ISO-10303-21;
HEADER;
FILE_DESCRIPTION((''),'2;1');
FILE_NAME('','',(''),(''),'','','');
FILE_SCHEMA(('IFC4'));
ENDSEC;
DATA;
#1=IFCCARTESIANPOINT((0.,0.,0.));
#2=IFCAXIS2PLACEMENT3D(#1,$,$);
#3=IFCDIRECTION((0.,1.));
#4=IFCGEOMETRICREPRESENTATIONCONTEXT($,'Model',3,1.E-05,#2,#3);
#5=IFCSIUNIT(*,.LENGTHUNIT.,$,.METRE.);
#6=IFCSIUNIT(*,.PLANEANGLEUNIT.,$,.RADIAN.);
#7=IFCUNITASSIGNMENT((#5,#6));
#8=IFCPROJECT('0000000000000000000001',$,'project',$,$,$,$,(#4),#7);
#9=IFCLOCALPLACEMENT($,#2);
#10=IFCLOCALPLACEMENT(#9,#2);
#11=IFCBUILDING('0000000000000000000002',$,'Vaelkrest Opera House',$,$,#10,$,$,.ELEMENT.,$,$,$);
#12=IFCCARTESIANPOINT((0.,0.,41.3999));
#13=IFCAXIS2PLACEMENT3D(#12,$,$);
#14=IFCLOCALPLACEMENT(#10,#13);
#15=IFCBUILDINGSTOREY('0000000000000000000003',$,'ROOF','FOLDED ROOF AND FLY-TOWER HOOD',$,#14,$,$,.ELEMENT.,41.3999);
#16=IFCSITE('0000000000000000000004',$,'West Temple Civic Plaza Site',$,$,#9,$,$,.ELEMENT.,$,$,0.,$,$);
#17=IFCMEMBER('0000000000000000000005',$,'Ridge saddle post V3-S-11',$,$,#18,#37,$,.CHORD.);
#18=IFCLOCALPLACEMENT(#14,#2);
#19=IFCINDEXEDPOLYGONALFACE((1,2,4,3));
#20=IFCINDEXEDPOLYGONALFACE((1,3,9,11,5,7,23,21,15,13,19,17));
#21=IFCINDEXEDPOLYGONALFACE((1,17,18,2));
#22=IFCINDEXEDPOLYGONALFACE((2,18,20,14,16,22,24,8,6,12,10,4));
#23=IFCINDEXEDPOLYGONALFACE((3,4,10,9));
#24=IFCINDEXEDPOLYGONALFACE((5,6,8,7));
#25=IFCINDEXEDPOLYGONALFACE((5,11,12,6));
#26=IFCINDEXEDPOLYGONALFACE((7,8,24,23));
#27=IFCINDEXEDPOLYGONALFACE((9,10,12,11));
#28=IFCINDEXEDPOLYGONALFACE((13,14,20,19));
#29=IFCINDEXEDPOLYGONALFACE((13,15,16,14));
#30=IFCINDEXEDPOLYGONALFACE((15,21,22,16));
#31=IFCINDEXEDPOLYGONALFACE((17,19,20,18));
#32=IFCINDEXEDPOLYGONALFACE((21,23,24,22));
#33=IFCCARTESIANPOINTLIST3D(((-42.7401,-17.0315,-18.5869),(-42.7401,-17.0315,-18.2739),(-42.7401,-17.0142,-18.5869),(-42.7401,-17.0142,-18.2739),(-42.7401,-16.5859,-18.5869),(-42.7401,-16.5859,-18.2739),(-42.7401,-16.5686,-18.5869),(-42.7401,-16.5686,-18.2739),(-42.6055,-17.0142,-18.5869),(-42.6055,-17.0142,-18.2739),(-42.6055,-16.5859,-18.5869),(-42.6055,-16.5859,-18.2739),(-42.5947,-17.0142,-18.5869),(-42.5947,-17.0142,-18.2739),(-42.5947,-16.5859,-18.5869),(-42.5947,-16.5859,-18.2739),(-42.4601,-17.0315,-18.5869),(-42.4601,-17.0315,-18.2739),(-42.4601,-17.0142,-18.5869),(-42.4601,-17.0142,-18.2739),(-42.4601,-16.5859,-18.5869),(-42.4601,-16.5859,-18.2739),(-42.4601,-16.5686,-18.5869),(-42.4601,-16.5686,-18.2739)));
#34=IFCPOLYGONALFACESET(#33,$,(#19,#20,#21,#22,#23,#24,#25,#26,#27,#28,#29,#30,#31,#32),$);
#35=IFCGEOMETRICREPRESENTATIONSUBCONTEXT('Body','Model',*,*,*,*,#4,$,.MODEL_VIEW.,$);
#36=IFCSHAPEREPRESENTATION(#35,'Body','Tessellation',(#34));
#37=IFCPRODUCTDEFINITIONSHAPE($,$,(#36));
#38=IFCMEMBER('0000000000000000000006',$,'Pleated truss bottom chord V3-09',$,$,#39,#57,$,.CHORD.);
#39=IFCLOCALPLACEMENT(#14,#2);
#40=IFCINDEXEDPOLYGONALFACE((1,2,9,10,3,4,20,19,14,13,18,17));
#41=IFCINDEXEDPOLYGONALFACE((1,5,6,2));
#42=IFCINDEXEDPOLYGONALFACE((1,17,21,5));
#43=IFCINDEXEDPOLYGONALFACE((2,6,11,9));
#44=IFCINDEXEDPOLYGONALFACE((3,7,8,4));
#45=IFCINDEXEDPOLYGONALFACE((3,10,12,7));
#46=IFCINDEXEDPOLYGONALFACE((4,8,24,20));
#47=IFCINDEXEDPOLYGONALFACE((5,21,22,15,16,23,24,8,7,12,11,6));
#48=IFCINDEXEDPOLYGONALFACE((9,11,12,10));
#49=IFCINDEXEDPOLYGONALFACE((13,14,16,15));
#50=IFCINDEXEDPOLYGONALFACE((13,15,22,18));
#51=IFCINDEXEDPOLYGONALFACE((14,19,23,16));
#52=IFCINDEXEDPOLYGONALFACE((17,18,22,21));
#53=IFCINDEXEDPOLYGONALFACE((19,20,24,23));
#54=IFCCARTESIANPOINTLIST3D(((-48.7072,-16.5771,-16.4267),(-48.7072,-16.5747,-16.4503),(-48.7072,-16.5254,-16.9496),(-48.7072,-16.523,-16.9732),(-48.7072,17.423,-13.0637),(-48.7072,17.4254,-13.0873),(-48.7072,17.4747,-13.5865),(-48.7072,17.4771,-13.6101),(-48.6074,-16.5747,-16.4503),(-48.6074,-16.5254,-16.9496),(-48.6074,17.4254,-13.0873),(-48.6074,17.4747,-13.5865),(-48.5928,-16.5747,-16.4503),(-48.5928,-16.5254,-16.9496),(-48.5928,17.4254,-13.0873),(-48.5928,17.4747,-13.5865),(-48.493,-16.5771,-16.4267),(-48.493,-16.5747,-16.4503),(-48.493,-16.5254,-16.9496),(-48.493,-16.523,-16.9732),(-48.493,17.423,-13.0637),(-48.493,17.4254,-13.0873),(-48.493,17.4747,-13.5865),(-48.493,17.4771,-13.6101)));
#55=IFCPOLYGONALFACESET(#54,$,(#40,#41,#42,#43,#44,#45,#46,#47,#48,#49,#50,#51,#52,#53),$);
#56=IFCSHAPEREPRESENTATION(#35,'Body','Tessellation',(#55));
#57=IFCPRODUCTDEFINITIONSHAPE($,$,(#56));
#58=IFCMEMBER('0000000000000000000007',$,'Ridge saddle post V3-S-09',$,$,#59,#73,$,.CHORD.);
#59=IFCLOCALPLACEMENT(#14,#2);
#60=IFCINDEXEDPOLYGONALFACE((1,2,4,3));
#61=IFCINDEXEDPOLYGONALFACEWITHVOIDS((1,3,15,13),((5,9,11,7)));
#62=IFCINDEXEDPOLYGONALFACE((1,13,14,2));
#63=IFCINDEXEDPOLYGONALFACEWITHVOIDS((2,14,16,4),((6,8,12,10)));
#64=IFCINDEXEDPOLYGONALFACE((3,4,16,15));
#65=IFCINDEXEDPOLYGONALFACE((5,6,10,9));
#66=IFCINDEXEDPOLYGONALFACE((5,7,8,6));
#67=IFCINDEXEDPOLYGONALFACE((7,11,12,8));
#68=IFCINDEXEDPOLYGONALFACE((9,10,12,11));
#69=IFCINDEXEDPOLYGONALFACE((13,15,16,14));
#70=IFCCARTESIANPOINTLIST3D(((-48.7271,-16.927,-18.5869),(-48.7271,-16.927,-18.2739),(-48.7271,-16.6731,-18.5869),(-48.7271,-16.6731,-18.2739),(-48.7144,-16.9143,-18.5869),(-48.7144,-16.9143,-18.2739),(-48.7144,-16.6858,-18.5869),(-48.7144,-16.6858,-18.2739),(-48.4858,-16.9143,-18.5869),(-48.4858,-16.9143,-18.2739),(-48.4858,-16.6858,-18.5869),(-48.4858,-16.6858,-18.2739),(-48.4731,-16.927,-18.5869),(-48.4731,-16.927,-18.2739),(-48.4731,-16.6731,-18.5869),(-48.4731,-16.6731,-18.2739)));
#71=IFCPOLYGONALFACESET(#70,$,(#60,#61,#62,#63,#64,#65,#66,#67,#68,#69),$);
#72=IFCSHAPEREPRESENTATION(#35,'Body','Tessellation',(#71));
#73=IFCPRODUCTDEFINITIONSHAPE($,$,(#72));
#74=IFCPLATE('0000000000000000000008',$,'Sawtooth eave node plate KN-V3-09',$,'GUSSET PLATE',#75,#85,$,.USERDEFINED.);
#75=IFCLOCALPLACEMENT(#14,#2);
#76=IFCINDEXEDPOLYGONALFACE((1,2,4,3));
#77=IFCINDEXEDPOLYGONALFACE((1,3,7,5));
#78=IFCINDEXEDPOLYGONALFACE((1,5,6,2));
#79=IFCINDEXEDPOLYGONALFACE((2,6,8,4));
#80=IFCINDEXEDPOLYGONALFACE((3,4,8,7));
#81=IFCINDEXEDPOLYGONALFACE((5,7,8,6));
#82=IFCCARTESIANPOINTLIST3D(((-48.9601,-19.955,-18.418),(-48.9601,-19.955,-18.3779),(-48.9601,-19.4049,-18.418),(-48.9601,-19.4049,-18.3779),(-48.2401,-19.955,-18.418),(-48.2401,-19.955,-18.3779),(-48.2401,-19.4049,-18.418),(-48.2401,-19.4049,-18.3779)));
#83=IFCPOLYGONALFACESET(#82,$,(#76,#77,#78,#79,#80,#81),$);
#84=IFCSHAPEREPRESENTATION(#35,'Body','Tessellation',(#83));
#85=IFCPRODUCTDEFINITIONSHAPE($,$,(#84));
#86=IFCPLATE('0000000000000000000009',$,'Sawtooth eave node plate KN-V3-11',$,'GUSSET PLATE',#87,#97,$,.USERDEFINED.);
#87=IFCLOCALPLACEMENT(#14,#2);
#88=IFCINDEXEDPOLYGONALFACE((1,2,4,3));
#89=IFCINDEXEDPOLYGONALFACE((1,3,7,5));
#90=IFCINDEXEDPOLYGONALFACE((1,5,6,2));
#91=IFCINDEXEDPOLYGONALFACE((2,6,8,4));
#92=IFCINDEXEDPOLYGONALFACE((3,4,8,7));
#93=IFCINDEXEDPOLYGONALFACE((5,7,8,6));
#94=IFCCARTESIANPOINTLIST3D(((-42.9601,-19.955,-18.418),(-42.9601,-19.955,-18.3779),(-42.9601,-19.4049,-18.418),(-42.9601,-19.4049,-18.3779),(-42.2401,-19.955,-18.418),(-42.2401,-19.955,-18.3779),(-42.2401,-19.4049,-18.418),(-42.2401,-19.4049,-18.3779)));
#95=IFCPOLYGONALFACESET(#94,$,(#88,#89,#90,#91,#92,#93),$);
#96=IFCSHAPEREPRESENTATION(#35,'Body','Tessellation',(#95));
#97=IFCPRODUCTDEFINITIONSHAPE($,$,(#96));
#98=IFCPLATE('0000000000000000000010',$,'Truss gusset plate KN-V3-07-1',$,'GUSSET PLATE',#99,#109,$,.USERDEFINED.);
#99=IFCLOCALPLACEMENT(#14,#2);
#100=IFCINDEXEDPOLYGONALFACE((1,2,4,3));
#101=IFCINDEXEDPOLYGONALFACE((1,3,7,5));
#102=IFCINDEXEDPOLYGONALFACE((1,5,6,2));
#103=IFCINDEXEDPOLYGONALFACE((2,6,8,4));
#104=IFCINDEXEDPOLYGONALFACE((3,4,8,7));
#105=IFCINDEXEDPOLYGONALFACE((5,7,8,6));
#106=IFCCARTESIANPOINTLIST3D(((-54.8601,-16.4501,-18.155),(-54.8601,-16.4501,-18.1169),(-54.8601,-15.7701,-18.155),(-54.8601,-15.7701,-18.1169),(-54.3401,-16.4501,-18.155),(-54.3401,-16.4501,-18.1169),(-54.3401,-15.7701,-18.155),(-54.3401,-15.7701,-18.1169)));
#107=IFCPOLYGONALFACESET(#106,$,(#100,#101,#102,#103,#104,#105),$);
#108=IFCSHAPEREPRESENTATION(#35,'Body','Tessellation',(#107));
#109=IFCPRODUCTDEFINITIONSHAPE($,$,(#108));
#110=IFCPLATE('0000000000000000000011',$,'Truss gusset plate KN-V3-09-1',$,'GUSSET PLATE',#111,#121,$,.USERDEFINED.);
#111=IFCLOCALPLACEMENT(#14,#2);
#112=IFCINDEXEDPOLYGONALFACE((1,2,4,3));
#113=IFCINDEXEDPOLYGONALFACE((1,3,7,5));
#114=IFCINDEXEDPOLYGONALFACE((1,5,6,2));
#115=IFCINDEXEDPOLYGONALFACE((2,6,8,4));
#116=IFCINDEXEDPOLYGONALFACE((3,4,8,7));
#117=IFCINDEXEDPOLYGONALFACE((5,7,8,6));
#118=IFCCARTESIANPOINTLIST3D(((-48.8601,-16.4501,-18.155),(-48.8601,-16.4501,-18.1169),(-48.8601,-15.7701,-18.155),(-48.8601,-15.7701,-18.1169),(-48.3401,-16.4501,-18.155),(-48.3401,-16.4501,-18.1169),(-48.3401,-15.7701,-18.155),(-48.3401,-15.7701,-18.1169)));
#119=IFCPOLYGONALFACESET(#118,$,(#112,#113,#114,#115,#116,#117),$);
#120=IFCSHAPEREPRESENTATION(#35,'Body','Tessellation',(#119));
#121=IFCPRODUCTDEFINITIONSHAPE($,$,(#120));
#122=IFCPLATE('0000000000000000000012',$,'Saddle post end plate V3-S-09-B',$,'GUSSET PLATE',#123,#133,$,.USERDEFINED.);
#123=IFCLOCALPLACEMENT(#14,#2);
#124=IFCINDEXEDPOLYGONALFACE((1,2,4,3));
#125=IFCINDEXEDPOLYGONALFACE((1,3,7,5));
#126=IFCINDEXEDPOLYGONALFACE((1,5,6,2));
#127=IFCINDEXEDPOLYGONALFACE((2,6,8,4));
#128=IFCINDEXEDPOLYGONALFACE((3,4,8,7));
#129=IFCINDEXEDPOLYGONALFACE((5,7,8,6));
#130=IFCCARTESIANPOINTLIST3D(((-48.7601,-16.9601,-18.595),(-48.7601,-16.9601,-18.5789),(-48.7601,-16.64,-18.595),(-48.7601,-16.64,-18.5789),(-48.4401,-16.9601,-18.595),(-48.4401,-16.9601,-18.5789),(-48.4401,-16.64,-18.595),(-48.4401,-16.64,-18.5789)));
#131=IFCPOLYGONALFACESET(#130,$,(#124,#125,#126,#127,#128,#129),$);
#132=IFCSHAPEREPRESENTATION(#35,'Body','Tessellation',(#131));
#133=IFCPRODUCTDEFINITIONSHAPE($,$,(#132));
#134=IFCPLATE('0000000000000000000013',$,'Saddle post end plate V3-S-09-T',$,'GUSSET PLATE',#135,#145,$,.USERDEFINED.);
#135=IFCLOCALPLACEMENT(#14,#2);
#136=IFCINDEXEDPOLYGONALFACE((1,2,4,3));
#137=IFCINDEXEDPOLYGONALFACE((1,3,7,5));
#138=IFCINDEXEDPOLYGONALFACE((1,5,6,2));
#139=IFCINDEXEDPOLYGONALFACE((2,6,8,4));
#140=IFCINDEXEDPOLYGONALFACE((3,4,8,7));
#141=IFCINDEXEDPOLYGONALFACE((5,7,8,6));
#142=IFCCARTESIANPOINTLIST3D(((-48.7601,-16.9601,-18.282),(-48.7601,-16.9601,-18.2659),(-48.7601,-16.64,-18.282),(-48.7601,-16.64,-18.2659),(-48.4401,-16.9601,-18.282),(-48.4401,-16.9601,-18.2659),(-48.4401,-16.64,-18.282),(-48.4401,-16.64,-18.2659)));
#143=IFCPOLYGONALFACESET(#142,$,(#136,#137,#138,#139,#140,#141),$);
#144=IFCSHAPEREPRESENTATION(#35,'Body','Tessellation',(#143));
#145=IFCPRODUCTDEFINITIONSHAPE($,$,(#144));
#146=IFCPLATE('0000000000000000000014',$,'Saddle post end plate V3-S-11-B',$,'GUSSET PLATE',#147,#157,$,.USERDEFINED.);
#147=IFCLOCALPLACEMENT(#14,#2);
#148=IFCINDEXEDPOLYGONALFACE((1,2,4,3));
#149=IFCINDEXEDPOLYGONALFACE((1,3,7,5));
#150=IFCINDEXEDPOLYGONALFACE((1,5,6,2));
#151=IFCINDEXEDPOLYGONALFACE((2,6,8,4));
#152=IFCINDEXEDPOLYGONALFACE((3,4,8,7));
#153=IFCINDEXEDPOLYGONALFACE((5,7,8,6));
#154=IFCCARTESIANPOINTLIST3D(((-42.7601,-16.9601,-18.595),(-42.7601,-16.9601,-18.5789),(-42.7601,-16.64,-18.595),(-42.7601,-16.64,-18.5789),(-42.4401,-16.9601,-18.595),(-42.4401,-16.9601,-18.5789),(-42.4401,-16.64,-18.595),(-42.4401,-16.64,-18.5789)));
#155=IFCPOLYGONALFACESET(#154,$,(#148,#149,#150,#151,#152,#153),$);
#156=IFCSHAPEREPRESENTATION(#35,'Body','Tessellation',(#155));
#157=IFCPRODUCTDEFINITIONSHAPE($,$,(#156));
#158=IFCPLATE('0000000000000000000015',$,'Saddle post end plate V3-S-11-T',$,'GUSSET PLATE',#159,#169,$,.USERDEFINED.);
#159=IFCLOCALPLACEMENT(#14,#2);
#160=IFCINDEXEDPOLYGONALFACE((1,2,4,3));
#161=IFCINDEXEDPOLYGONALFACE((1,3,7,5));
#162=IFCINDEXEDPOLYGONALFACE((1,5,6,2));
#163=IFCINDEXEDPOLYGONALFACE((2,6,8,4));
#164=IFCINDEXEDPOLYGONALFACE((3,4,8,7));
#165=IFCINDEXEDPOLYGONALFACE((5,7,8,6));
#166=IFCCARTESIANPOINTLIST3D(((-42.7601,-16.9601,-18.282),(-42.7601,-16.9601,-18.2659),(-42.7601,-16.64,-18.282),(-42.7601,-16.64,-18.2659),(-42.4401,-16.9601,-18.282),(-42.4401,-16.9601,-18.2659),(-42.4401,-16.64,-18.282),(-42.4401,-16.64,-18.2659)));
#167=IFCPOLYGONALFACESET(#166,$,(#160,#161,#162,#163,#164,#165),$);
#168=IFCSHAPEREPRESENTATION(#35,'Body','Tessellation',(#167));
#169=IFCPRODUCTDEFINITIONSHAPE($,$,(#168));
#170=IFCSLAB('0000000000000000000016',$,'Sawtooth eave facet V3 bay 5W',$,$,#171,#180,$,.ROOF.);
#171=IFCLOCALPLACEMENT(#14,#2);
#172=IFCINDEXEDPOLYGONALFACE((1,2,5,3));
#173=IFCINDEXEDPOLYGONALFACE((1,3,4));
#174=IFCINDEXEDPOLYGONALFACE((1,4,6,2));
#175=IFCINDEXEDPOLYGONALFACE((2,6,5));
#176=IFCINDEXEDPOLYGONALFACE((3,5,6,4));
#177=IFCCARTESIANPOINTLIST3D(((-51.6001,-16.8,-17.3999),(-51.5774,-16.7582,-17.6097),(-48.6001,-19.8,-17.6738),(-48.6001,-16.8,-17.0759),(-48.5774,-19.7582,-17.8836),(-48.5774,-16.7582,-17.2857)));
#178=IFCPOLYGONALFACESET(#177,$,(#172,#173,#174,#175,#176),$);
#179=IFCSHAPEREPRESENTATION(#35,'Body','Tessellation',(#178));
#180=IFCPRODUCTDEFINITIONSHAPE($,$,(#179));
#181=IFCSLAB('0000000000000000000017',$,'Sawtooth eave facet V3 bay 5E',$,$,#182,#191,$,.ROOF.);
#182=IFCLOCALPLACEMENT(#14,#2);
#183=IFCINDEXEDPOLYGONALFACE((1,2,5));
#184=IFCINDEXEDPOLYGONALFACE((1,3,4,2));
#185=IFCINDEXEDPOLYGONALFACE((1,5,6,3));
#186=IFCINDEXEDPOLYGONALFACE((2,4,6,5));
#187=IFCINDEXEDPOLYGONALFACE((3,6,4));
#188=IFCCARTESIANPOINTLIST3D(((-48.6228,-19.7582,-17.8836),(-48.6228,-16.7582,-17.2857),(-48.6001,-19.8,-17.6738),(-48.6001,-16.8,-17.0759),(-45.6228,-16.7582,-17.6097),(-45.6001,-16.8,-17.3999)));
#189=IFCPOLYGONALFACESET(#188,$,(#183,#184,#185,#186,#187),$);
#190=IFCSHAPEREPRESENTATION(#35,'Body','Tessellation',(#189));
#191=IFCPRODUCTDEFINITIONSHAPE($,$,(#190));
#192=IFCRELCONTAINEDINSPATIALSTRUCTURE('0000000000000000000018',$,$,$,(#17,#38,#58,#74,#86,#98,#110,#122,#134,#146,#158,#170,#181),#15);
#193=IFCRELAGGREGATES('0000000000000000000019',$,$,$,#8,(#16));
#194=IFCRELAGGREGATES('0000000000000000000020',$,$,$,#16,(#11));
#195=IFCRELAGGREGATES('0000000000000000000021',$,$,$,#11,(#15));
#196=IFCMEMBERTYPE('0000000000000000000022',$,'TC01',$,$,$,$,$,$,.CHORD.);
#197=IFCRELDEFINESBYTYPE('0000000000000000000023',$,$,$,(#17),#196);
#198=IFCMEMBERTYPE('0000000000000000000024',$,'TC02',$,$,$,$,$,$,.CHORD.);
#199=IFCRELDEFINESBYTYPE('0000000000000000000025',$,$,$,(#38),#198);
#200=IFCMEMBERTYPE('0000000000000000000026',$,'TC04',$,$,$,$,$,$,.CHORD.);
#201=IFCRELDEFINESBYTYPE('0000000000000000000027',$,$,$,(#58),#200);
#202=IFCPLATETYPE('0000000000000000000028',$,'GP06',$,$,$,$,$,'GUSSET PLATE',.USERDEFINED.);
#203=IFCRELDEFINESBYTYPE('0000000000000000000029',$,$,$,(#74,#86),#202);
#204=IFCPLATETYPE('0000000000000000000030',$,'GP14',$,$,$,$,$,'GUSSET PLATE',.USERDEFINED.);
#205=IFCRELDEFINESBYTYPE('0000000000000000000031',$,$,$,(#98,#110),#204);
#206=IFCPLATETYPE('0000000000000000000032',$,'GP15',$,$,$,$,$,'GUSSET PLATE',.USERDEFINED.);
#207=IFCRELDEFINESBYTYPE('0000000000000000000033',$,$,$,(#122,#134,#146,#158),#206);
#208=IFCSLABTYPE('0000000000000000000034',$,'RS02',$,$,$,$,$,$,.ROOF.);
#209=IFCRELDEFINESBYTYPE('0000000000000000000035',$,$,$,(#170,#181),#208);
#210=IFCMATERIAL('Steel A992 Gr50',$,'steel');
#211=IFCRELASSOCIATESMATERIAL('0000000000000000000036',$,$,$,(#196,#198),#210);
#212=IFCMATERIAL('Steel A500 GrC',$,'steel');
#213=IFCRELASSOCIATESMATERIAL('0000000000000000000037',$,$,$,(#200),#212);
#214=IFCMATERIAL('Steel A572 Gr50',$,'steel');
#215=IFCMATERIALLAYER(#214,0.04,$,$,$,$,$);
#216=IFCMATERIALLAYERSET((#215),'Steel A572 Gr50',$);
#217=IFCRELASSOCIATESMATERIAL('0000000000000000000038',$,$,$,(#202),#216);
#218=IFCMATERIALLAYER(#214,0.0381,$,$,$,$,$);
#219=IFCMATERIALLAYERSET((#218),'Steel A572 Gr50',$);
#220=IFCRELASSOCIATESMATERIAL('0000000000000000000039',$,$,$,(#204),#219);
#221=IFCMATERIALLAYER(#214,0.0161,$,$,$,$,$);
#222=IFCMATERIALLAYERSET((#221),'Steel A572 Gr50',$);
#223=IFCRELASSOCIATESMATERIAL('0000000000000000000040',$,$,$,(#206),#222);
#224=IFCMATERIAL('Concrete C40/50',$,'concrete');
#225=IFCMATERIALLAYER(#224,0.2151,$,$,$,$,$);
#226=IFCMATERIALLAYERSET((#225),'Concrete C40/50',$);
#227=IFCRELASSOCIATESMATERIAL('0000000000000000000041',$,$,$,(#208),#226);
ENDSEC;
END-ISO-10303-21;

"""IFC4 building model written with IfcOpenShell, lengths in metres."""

from ifc_helpers import new_model, si_unit, direction, frame, origin, origin_2d, place, context, subcontext, project, spatial, polyline, rectangle, hollow_rectangle, i_section, outline, extrude, material, layer, layer_set, material_profile, profile_set, type_object, element, save


model = new_model("IFC4")

# Units and contexts
model_context = context("Model", 3, precision=1e-05, world=origin(), true_north=direction((0.0, 1.0)))
body_context = subcontext(model_context, "Body", "Model", "MODEL_VIEW")
ifc_project = project(units=[si_unit("LENGTHUNIT", "METRE"), si_unit("PLANEANGLEUNIT", "RADIAN")], contexts=[model_context])

# Site, building, storey
site_placement = place(None, origin())
site = spatial("IfcSite", under=ifc_project, at=site_placement, Name="West Temple Civic Plaza Site", CompositionType="ELEMENT", RefElevation=0.0)
building_placement = place(site_placement, origin())
building = spatial("IfcBuilding", under=site, at=building_placement, Name="Vaelkrest Opera House", CompositionType="ELEMENT")
storey_placement = place(building_placement, frame((0.0, 0.0, 41.3999)))
storey = spatial("IfcBuildingStorey", under=building, at=storey_placement, Name="ROOF", Description="FOLDED ROOF AND FLY-TOWER HOOD", CompositionType="ELEMENT", Elevation=41.3999)

# Shared definitions
ifc_material_1 = material(Name="Steel A992 Gr50", Category="steel")

# Members
ifc_material_2 = material(Name="Steel A500 GrC", Category="steel")
ifc_material_profile_1 = material_profile(ifc_material_1, i_section(OverallWidth=0.28, OverallDepth=0.4629, WebThickness=0.0107, FlangeThickness=0.0173, at=origin_2d()), Name="W18X76")
ifc_profile_set_1 = profile_set([ifc_material_profile_1], Name="Steel A992 Gr50")
member_type_1 = type_object("IfcMemberType", Name="TC01", PredefinedType="CHORD", material=ifc_profile_set_1)
member_1_placement = place(storey_placement, frame((-42.6001, -16.8, -18.5869), z_axis=(0.0, 0.0, 1.0), x_axis=(1.0, 0.0, 0.0)))
element("IfcMember", 1, at=member_1_placement, inside=storey, type_object=member_type_1, Name="Ridge saddle post V3-S-11", PredefinedType="CHORD", context=body_context, shape_type="SweptSolid", body=[
    extrude(i_section(OverallWidth=0.28, OverallDepth=0.4629, WebThickness=0.0107, FlangeThickness=0.0173, at=origin_2d()), origin(), (0.0, 0.0, 1.0), 0.313),
])
ifc_material_profile_2 = material_profile(ifc_material_1, i_section(OverallWidth=0.2141, OverallDepth=0.5491, WebThickness=0.0146, FlangeThickness=0.0237, at=origin_2d()), Name="W21X93")
ifc_profile_set_2 = profile_set([ifc_material_profile_2], Name="Steel A992 Gr50")
member_type_2 = type_object("IfcMemberType", Name="TC02", PredefinedType="CHORD", material=ifc_profile_set_2)
member_2_placement = place(storey_placement, frame((-48.6001, -16.55, -16.7), z_axis=(0.0, 0.995144, 0.098433), x_axis=(-1.0, 0.0, 0.0)))
element("IfcMember", 2, at=member_2_placement, inside=storey, type_object=member_type_2, Name="Pleated truss bottom chord V3-09", PredefinedType="CHORD", context=body_context, shape_type="SweptSolid", body=[
    extrude(i_section(OverallWidth=0.2141, OverallDepth=0.5491, WebThickness=0.0146, FlangeThickness=0.0237, at=origin_2d()), origin(), (0.0, 0.0, 1.0), 34.166),
])
ifc_material_profile_3 = material_profile(ifc_material_2, hollow_rectangle(XDim=0.2539, YDim=0.2539, WallThickness=0.0127, at=origin_2d()), Name="HSS254X254X12.7")
ifc_profile_set_3 = profile_set([ifc_material_profile_3], Name="Steel A500 GrC")
member_type_3 = type_object("IfcMemberType", Name="TC04", PredefinedType="CHORD", material=ifc_profile_set_3)
member_3_placement = place(storey_placement, frame((-48.6001, -16.8, -18.5869), z_axis=(0.0, 0.0, 1.0), x_axis=(1.0, 0.0, 0.0)))
element("IfcMember", 3, at=member_3_placement, inside=storey, type_object=member_type_3, Name="Ridge saddle post V3-S-09", PredefinedType="CHORD", context=body_context, shape_type="SweptSolid", body=[
    extrude(hollow_rectangle(XDim=0.2539, YDim=0.2539, WallThickness=0.0127, at=origin_2d()), origin(), (0.0, 0.0, 1.0), 0.313),
])

# Plates
ifc_material_3 = material(Name="Steel A572 Gr50", Category="steel")
ifc_layer_1 = layer(ifc_material_3, 0.04)
ifc_layer_set_1 = layer_set([ifc_layer_1], Name="Steel A572 Gr50")
plate_type_1 = type_object("IfcPlateType", Name="GP06", ElementType="GUSSET PLATE", PredefinedType="USERDEFINED", material=ifc_layer_set_1)
for number, where, z_axis, x_axis, name in (
    (4, (-48.6001, -19.6799, -18.418), (0.0, 0.0, 1.0), (1.0, 0.0, 0.0), "Sawtooth eave node plate KN-V3-09"),
    (5, (-42.6001, -19.6799, -18.418), (0.0, 0.0, 1.0), (1.0, 0.0, 0.0), "Sawtooth eave node plate KN-V3-11"),
):
    element("IfcPlate", number, at=place(storey_placement, frame(where, z_axis=z_axis, x_axis=x_axis)), inside=storey, type_object=plate_type_1, Name=name, ObjectType="GUSSET PLATE", PredefinedType="USERDEFINED", context=body_context, shape_type="SweptSolid", body=[
        extrude(rectangle(XDim=0.72, YDim=0.55, at=origin_2d()), origin(), (0.0, 0.0, 1.0), 0.04),
    ])
ifc_layer_2 = layer(ifc_material_3, 0.0381)
ifc_layer_set_2 = layer_set([ifc_layer_2], Name="Steel A572 Gr50")
plate_type_2 = type_object("IfcPlateType", Name="GP14", ElementType="GUSSET PLATE", PredefinedType="USERDEFINED", material=ifc_layer_set_2)
for number, where, z_axis, x_axis, name in (
    (6, (-54.6001, -16.1101, -18.155), (0.0, 0.0, 1.0), (0.0, 1.0, 0.0), "Truss gusset plate KN-V3-07-1"),
    (7, (-48.6001, -16.1101, -18.155), (0.0, 0.0, 1.0), (0.0, 1.0, 0.0), "Truss gusset plate KN-V3-09-1"),
):
    element("IfcPlate", number, at=place(storey_placement, frame(where, z_axis=z_axis, x_axis=x_axis)), inside=storey, type_object=plate_type_2, Name=name, ObjectType="GUSSET PLATE", PredefinedType="USERDEFINED", context=body_context, shape_type="SweptSolid", body=[
        extrude(rectangle(XDim=0.6799, YDim=0.52, at=origin_2d()), origin(), (0.0, 0.0, 1.0), 0.0381),
    ])
ifc_layer_3 = layer(ifc_material_3, 0.0161)
ifc_layer_set_3 = layer_set([ifc_layer_3], Name="Steel A572 Gr50")
plate_type_3 = type_object("IfcPlateType", Name="GP15", ElementType="GUSSET PLATE", PredefinedType="USERDEFINED", material=ifc_layer_set_3)
for number, where, z_axis, x_axis, name in (
    (8, (-48.6001, -16.8, -18.595), (0.0, 0.0, 1.0), (1.0, 0.0, 0.0), "Saddle post end plate V3-S-09-B"),
    (9, (-48.6001, -16.8, -18.282), (0.0, 0.0, 1.0), (1.0, 0.0, 0.0), "Saddle post end plate V3-S-09-T"),
    (10, (-42.6001, -16.8, -18.595), (0.0, 0.0, 1.0), (1.0, 0.0, 0.0), "Saddle post end plate V3-S-11-B"),
    (11, (-42.6001, -16.8, -18.282), (0.0, 0.0, 1.0), (1.0, 0.0, 0.0), "Saddle post end plate V3-S-11-T"),
):
    element("IfcPlate", number, at=place(storey_placement, frame(where, z_axis=z_axis, x_axis=x_axis)), inside=storey, type_object=plate_type_3, Name=name, ObjectType="GUSSET PLATE", PredefinedType="USERDEFINED", context=body_context, shape_type="SweptSolid", body=[
        extrude(rectangle(XDim=0.3201, YDim=0.3201, at=origin_2d()), origin(), (0.0, 0.0, 1.0), 0.0161),
    ])

# Slabs
ifc_material_4 = material(Name="Concrete C40/50", Category="concrete")
ifc_layer_4 = layer(ifc_material_4, 0.2151)
ifc_layer_set_4 = layer_set([ifc_layer_4], Name="Concrete C40/50")
slab_type = type_object("IfcSlabType", Name="RS02", PredefinedType="ROOF", material=ifc_layer_set_4)
slab_1_placement = place(storey_placement, frame((-51.6001, -16.8, -17.3999), z_axis=(-0.10532, -0.194369, 0.975258), x_axis=(0.705638, -0.705638, -0.064431)))
element("IfcSlab", 12, at=slab_1_placement, inside=storey, type_object=slab_type, Name="Sawtooth eave facet V3 bay 5W", PredefinedType="ROOF", context=body_context, shape_type="SweptSolid", body=[
    extrude(outline(polyline([(0.0, 0.0), (4.2515, 0.0), (2.096, 2.1706), (0.0, 0.0)])), origin(), (0.0, 0.0, -1.0), 0.2151),
])
slab_2_placement = place(storey_placement, frame((-48.6001, -16.8, -17.0759), z_axis=(0.10532, -0.194369, 0.975258), x_axis=(0.0, -0.980712, -0.195456)))
element("IfcSlab", 13, at=slab_2_placement, inside=storey, type_object=slab_type, Name="Sawtooth eave facet V3 bay 5E", PredefinedType="ROOF", context=body_context, shape_type="SweptSolid", body=[
    extrude(outline(polyline([(0.0, 0.0), (3.059, 0.0), (0.0633, 3.0168), (0.0, 0.0)])), origin(), (0.0, 0.0, -1.0), 0.2151),
])

save(model, "model.ifc")
